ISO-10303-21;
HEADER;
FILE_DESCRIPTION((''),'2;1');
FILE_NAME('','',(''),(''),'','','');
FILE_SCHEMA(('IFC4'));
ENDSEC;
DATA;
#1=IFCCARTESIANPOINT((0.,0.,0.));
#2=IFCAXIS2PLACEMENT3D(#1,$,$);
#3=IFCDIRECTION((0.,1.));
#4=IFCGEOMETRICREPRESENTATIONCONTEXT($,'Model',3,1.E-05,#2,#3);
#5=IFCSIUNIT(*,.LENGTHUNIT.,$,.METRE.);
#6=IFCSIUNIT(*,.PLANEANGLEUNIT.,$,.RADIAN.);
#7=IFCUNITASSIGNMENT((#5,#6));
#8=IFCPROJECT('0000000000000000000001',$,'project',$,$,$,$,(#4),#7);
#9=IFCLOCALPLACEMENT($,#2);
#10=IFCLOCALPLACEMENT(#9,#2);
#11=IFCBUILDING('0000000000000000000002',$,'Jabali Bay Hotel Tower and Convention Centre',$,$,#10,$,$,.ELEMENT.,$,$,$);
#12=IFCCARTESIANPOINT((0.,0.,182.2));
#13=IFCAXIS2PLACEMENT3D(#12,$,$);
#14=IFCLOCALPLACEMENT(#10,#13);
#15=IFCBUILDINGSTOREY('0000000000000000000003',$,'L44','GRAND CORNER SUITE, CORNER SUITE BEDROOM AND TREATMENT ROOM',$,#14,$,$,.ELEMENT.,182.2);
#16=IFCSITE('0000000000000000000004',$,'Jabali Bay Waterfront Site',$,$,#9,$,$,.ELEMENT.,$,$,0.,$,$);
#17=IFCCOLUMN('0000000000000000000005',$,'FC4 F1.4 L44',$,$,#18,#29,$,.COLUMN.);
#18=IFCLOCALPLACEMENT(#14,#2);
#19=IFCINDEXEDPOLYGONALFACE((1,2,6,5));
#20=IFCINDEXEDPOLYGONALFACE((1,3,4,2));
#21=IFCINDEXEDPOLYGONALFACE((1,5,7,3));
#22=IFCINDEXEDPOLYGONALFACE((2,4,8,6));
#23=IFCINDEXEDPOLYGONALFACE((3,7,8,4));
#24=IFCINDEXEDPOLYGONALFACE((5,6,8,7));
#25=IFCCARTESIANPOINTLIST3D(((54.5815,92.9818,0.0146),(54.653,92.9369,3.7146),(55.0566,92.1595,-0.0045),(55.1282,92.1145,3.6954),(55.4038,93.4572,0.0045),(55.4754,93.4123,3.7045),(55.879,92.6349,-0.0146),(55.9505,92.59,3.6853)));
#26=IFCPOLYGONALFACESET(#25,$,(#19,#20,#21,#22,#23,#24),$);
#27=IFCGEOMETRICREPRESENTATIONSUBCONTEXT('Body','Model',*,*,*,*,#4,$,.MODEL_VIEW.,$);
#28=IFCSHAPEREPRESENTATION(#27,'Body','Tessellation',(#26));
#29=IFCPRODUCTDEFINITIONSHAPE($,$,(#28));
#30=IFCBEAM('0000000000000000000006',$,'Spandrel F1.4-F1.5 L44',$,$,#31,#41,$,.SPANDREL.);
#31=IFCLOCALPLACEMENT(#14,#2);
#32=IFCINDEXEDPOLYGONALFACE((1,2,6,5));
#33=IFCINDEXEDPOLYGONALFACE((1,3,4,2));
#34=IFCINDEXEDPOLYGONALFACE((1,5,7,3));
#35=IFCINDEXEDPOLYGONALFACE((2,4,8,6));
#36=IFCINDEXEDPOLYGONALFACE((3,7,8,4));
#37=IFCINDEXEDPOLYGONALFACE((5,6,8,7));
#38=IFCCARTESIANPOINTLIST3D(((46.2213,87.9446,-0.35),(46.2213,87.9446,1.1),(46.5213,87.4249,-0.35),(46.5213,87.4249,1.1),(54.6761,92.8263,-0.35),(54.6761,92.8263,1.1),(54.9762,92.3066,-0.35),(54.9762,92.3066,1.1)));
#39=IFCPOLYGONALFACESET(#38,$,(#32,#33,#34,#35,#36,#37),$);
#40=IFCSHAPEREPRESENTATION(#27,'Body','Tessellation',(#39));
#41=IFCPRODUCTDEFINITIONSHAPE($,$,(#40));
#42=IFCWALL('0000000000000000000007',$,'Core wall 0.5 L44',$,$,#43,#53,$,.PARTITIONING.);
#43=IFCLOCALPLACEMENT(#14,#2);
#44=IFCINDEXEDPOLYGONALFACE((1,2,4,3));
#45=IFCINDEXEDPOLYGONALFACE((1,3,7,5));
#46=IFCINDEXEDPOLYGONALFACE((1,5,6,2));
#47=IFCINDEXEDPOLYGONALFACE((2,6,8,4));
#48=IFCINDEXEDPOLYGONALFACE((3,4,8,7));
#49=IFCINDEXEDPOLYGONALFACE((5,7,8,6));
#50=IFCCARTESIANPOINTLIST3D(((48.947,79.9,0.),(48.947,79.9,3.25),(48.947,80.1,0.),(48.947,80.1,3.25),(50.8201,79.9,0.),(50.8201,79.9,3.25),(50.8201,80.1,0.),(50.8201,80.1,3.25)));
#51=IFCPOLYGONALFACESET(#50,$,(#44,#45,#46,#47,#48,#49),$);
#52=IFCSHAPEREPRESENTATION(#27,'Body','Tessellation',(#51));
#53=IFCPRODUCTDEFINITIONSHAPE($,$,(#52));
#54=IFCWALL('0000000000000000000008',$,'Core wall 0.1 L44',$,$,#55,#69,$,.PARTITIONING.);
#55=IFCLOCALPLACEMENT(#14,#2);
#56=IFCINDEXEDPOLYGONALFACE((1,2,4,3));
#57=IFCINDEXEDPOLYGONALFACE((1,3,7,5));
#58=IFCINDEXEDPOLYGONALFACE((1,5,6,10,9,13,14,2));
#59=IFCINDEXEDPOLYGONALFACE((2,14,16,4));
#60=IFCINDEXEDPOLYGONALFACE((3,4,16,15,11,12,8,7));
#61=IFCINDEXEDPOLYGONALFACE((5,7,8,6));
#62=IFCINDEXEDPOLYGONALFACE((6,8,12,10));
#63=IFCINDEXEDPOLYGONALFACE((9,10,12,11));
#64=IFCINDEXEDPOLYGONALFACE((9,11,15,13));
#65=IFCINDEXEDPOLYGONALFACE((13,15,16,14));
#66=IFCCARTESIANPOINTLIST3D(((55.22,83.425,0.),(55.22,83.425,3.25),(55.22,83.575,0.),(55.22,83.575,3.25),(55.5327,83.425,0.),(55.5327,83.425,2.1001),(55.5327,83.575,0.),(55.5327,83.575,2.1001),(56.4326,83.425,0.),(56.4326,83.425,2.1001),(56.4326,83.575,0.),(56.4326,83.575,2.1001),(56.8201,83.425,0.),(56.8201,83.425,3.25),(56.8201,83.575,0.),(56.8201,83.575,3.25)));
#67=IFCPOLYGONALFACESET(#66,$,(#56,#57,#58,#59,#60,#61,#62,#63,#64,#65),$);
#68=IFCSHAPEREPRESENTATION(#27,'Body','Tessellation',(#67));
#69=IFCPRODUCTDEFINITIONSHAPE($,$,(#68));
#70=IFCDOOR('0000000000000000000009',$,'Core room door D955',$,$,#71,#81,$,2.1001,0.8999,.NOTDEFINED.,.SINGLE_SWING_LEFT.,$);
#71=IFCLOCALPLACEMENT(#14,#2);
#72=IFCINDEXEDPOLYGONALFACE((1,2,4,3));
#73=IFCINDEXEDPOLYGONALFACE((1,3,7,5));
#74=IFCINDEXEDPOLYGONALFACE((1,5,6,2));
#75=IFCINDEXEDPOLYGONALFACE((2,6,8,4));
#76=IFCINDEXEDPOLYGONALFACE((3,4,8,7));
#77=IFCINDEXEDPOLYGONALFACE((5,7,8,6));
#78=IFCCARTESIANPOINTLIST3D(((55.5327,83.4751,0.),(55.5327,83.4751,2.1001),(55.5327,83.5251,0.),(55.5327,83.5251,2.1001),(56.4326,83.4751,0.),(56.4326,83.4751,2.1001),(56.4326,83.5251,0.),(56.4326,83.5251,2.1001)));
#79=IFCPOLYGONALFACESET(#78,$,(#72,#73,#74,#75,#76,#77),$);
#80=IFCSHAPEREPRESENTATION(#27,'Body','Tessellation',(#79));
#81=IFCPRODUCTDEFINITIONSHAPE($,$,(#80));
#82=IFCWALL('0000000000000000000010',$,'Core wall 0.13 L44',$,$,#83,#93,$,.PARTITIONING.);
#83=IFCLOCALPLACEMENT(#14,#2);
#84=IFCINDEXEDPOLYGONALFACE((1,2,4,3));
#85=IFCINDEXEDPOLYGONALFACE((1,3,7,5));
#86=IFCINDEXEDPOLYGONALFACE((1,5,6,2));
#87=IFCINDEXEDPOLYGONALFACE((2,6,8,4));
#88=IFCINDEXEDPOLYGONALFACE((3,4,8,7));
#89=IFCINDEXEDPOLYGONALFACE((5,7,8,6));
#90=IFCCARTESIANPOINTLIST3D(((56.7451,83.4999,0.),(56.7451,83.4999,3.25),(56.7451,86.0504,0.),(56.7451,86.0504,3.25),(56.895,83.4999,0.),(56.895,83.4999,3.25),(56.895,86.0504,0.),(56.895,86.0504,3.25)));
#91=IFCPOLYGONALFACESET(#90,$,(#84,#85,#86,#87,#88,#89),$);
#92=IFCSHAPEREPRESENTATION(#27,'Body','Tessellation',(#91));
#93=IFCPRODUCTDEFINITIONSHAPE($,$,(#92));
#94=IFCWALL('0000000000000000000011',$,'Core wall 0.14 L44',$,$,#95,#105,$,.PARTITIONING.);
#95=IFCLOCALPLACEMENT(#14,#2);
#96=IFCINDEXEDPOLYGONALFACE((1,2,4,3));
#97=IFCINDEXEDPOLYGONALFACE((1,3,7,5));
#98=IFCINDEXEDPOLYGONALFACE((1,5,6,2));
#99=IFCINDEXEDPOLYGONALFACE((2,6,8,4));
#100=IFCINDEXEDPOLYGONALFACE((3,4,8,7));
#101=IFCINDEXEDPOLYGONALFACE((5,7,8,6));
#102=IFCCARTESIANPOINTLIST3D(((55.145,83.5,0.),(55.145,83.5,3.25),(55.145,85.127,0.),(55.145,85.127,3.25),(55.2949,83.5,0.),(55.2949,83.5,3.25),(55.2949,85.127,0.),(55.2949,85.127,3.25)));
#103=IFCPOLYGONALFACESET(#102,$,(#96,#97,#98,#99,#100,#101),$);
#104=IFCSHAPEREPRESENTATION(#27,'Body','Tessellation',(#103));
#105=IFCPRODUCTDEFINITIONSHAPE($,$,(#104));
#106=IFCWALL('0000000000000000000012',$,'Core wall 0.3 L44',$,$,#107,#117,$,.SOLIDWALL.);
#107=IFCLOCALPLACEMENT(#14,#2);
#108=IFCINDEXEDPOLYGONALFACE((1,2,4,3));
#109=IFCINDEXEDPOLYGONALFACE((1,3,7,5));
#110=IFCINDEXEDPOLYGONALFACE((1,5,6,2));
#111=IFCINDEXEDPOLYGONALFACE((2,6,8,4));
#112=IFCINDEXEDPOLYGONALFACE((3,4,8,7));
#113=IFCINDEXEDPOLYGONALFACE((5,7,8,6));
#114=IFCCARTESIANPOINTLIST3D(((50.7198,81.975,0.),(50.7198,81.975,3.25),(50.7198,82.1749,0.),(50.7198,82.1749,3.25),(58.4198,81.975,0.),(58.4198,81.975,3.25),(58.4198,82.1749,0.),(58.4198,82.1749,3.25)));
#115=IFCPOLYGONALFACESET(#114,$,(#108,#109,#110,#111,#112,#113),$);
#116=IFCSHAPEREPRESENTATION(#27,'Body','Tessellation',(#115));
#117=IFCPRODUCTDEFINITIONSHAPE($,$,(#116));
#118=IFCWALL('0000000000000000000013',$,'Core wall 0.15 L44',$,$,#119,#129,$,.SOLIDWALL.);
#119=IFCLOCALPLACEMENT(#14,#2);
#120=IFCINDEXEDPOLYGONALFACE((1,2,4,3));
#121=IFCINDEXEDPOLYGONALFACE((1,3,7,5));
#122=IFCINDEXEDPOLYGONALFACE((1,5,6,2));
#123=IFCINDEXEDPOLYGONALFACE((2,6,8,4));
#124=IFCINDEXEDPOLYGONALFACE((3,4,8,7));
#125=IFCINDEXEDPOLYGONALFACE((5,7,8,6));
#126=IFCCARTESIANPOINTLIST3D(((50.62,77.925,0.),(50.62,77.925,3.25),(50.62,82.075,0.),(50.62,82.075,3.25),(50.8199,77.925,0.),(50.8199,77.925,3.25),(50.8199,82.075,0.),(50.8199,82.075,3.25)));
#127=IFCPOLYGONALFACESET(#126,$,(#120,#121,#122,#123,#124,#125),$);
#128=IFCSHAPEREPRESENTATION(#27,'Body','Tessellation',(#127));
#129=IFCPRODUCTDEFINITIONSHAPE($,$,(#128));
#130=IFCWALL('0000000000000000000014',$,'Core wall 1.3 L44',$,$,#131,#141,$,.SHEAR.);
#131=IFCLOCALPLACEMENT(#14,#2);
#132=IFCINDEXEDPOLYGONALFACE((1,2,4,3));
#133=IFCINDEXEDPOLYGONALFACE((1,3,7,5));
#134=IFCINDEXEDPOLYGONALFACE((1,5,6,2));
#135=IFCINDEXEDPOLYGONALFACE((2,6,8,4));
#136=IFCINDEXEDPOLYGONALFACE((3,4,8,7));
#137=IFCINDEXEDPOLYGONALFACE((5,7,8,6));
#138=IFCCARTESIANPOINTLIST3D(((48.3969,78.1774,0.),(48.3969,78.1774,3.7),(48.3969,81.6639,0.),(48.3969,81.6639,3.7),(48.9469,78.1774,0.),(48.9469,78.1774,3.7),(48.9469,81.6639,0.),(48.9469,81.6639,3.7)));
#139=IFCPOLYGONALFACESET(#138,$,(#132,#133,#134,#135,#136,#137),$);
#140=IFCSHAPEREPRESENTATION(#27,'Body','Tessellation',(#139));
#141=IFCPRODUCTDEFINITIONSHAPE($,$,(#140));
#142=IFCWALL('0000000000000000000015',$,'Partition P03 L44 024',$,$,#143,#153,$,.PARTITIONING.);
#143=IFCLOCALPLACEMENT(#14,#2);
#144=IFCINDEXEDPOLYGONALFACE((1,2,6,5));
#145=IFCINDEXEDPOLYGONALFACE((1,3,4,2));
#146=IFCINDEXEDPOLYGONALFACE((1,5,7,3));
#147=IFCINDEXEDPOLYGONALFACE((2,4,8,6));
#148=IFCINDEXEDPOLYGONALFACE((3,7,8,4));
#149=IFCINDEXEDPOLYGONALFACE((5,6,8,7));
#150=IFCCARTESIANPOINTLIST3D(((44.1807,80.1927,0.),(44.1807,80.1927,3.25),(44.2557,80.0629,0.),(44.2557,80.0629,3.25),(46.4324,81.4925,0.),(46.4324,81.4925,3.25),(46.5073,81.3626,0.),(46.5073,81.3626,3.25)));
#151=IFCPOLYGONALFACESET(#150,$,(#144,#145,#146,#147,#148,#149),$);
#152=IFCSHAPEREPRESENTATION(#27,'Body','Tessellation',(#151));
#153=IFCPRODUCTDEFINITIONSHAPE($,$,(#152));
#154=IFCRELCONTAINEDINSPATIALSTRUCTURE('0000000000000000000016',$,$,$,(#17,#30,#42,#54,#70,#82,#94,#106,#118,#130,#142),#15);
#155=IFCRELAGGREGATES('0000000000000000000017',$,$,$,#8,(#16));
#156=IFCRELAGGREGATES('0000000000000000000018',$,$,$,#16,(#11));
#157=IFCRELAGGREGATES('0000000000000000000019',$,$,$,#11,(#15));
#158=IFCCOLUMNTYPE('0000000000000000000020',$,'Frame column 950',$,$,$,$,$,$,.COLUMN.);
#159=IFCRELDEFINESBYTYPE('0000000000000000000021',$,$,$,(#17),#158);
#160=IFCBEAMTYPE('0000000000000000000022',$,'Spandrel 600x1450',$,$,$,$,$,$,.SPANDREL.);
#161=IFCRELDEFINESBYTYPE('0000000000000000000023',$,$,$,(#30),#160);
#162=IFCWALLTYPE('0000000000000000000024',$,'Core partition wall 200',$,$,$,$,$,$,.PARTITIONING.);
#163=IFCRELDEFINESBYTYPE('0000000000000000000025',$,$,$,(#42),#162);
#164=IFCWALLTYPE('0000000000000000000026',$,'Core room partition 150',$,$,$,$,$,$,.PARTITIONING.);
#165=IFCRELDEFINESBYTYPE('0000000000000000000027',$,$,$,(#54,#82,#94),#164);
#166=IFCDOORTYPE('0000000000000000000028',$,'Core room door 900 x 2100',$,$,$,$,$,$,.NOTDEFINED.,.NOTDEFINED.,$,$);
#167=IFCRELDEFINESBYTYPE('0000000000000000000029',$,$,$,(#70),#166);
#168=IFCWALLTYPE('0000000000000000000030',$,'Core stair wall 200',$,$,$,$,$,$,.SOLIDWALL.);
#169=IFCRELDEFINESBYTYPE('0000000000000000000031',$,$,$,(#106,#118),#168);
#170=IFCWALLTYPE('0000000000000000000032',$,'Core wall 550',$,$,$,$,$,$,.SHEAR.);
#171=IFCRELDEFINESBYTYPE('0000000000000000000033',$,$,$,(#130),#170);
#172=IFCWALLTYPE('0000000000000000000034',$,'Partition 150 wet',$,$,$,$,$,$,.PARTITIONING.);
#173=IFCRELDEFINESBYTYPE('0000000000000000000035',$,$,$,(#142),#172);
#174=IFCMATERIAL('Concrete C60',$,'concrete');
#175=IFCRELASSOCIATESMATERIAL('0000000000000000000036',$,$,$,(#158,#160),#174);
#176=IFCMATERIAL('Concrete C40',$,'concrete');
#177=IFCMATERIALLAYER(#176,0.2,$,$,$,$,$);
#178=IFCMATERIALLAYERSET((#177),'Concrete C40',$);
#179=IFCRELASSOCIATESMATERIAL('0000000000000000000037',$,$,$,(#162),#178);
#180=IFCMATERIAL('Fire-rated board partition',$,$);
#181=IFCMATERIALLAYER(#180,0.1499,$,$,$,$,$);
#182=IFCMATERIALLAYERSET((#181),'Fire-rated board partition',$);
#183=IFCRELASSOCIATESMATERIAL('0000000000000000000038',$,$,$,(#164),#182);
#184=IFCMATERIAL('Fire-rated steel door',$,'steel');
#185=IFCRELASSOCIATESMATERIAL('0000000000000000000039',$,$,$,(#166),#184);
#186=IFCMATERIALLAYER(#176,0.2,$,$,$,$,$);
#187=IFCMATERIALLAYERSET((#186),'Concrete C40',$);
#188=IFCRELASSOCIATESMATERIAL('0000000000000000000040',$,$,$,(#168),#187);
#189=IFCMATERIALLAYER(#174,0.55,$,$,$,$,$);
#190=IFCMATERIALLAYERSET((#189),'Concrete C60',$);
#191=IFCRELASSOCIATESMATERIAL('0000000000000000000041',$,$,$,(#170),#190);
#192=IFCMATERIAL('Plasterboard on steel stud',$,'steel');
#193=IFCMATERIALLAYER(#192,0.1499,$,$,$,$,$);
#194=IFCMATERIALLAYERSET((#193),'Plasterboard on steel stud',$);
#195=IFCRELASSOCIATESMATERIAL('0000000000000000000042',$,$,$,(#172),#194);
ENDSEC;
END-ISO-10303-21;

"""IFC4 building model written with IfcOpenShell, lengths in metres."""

from ifc_helpers import new_model, si_unit, direction, frame, frame_2d, origin, origin_2d, place, context, subcontext, project, spatial, rectangle, extrude, material, layer, layer_set, material_profile, profile_set, type_object, element, fill, save


model = new_model("IFC4")

# Units and contexts
model_context = context("Model", 3, precision=1e-05, world=origin(), true_north=direction((0.0, 1.0)))
body_context = subcontext(model_context, "Body", "Model", "MODEL_VIEW")
ifc_project = project(units=[si_unit("LENGTHUNIT", "METRE"), si_unit("PLANEANGLEUNIT", "RADIAN")], contexts=[model_context])

# Site, building, storey
site_placement = place(None, origin())
site = spatial("IfcSite", under=ifc_project, at=site_placement, Name="Jabali Bay Waterfront Site", CompositionType="ELEMENT", RefElevation=0.0)
building_placement = place(site_placement, origin())
building = spatial("IfcBuilding", under=site, at=building_placement, Name="Jabali Bay Hotel Tower and Convention Centre", CompositionType="ELEMENT")
storey_placement = place(building_placement, frame((0.0, 0.0, 182.2)))
storey = spatial("IfcBuildingStorey", under=building, at=storey_placement, Name="L44", Description="GRAND CORNER SUITE, CORNER SUITE BEDROOM AND TREATMENT ROOM", CompositionType="ELEMENT", Elevation=182.2)

# Column
ifc_material_1 = material(Name="Concrete C60", Category="concrete")
ifc_material_profile_1 = material_profile(ifc_material_1, rectangle(XDim=0.95, YDim=0.95, at=origin_2d()), Name="Frame column 950")
ifc_profile_set_1 = profile_set([ifc_material_profile_1], Name="Concrete C60")
column_type = type_object("IfcColumnType", Name="Frame column 950", PredefinedType="COLUMN", material=ifc_profile_set_1)
column_placement = place(storey_placement, frame((55.2302, 92.8083, 0.0), z_axis=(0.019329, -0.012138, 0.99974), x_axis=(-0.5002, 0.865675, 0.020181)))
element("IfcColumn", 1, at=column_placement, inside=storey, type_object=column_type, Name="FC4 F1.4 L44", PredefinedType="COLUMN", context=body_context, shape_type="SweptSolid", body=[
    extrude(rectangle(XDim=0.95, YDim=0.95, at=origin_2d()), origin(), (0.0, 0.0, 1.0), 3.7009),
])

# Beam
ifc_material_profile_2 = material_profile(ifc_material_1, rectangle(XDim=0.6001, YDim=1.45, at=origin_2d()), Name="Spandrel 600x1450")
ifc_profile_set_2 = profile_set([ifc_material_profile_2], Name="Concrete C60")
beam_type = type_object("IfcBeamType", Name="Spandrel 600x1450", PredefinedType="SPANDREL", material=ifc_profile_set_2)
beam_placement = place(storey_placement, frame((54.8262, 92.5664, 0.375), z_axis=(-0.866017, -0.500015, 0.0), x_axis=(0.500015, -0.866017, 0.0)))
element("IfcBeam", 2, at=beam_placement, inside=storey, type_object=beam_type, Name="Spandrel F1.4-F1.5 L44", PredefinedType="SPANDREL", context=body_context, shape_type="SweptSolid", body=[
    extrude(rectangle(XDim=0.6001, YDim=1.45, at=origin_2d()), origin(), (0.0, 0.0, 1.0), 9.7629),
])

# Wall
ifc_material_2 = material(Name="Concrete C40", Category="concrete")
ifc_layer_1 = layer(ifc_material_2, 0.2)
ifc_layer_set_1 = layer_set([ifc_layer_1], Name="Concrete C40")
wall_type_1 = type_object("IfcWallType", Name="Core partition wall 200", PredefinedType="PARTITIONING", material=ifc_layer_set_1)
wall_1_placement = place(storey_placement, frame((50.8201, 80.0, 0.0), z_axis=(0.0, 0.0, 1.0), x_axis=(-1.0, 0.0, 0.0)))
element("IfcWall", 3, at=wall_1_placement, inside=storey, type_object=wall_type_1, Name="Core wall 0.5 L44", PredefinedType="PARTITIONING", context=body_context, shape_type="SweptSolid", body=[
    extrude(rectangle(XDim=1.873, YDim=0.2, at=frame_2d((0.9365, 0.0))), origin(), (0.0, 0.0, 1.0), 3.25),
])

# Wall, opening, door
ifc_material_3 = material(Name="Fire-rated board partition")
ifc_layer_2 = layer(ifc_material_3, 0.1499)
ifc_layer_set_2 = layer_set([ifc_layer_2], Name="Fire-rated board partition")
wall_type_2 = type_object("IfcWallType", Name="Core room partition 150", PredefinedType="PARTITIONING", material=ifc_layer_set_2)
wall_2_placement = place(storey_placement, frame((56.8201, 83.5, 0.0), z_axis=(0.0, 0.0, 1.0), x_axis=(-1.0, 0.0, 0.0)))
wall_2 = element("IfcWall", 4, at=wall_2_placement, inside=storey, type_object=wall_type_2, Name="Core wall 0.1 L44", PredefinedType="PARTITIONING", context=body_context, shape_type="SweptSolid", body=[
    extrude(rectangle(XDim=1.6001, YDim=0.1499, at=frame_2d((0.8, 0.0))), origin(), (0.0, 0.0, 1.0), 3.25),
])
opening_placement = place(wall_2_placement, frame((0.3875, 0.0, 0.0)))
opening = element("IfcOpeningElement", 5, at=opening_placement, cuts=wall_2, PredefinedType="OPENING", context=body_context, shape_type="SweptSolid", body=[
    extrude(rectangle(XDim=0.8999, YDim=2.1001, at=frame_2d((0.45, 1.05))), frame((0.0, 0.0854, 0.0), z_axis=(0.0, -1.0, 0.0), x_axis=(1.0, 0.0, 0.0)), (0.0, 0.0, 1.0), 0.1709),
])
ifc_material_4 = material(Name="Fire-rated steel door", Category="steel")
door_type = type_object("IfcDoorType", Name="Core room door 900 x 2100", OperationType="NOTDEFINED", PredefinedType="NOTDEFINED", material=ifc_material_4)
door_placement = place(opening_placement, origin())
door = element("IfcDoor", 6, at=door_placement, inside=storey, type_object=door_type, Name="Core room door D955", OperationType="SINGLE_SWING_LEFT", OverallHeight=2.1001, OverallWidth=0.8999, PredefinedType="NOTDEFINED", context=body_context, shape_type="SweptSolid", body=[
    extrude(rectangle(XDim=0.8999, YDim=2.1001, at=frame_2d((0.45, 1.05))), frame((0.0, 0.0249, 0.0), z_axis=(0.0, -1.0, 0.0), x_axis=(1.0, 0.0, 0.0)), (0.0, 0.0, 1.0), 0.05),
])
fill(opening, door)

# Walls
wall_3_placement = place(storey_placement, frame((56.8201, 86.0505, 0.0), z_axis=(0.0, 0.0, 1.0), x_axis=(0.0, -1.0, 0.0)))
element("IfcWall", 7, at=wall_3_placement, inside=storey, type_object=wall_type_2, Name="Core wall 0.13 L44", PredefinedType="PARTITIONING", context=body_context, shape_type="SweptSolid", body=[
    extrude(rectangle(XDim=2.5505, YDim=0.1499, at=frame_2d((1.2754, 0.0))), origin(), (0.0, 0.0, 1.0), 3.25),
])
wall_4_placement = place(storey_placement, frame((55.22, 85.127, 0.0), z_axis=(0.0, 0.0, 1.0), x_axis=(0.0, -1.0, 0.0)))
element("IfcWall", 8, at=wall_4_placement, inside=storey, type_object=wall_type_2, Name="Core wall 0.14 L44", PredefinedType="PARTITIONING", context=body_context, shape_type="SweptSolid", body=[
    extrude(rectangle(XDim=1.627, YDim=0.1499, at=frame_2d((0.8135, 0.0))), origin(), (0.0, 0.0, 1.0), 3.25),
])
ifc_layer_3 = layer(ifc_material_2, 0.2)
ifc_layer_set_3 = layer_set([ifc_layer_3], Name="Concrete C40")
wall_type_3 = type_object("IfcWallType", Name="Core stair wall 200", PredefinedType="SOLIDWALL", material=ifc_layer_set_3)
wall_5_placement = place(storey_placement, frame((58.4199, 82.075, 0.0), z_axis=(0.0, 0.0, 1.0), x_axis=(-1.0, 0.0, 0.0)))
element("IfcWall", 9, at=wall_5_placement, inside=storey, type_object=wall_type_3, Name="Core wall 0.3 L44", PredefinedType="SOLIDWALL", context=body_context, shape_type="SweptSolid", body=[
    extrude(rectangle(XDim=7.7, YDim=0.2, at=frame_2d((3.8501, 0.0))), origin(), (0.0, 0.0, 1.0), 3.25),
])
wall_6_placement = place(storey_placement, frame((50.72, 82.075, 0.0), z_axis=(0.0, 0.0, 1.0), x_axis=(0.0, -1.0, 0.0)))
element("IfcWall", 10, at=wall_6_placement, inside=storey, type_object=wall_type_3, Name="Core wall 0.15 L44", PredefinedType="SOLIDWALL", context=body_context, shape_type="SweptSolid", body=[
    extrude(rectangle(XDim=4.1499, YDim=0.2, at=frame_2d((2.075, 0.0))), origin(), (0.0, 0.0, 1.0), 3.25),
])
ifc_layer_4 = layer(ifc_material_1, 0.55)
ifc_layer_set_4 = layer_set([ifc_layer_4], Name="Concrete C60")
wall_type_4 = type_object("IfcWallType", Name="Core wall 550", PredefinedType="SHEAR", material=ifc_layer_set_4)
wall_7_placement = place(storey_placement, frame((48.6719, 81.6638, 0.0), z_axis=(0.0, 0.0, 1.0), x_axis=(0.0, -1.0, 0.0)))
element("IfcWall", 11, at=wall_7_placement, inside=storey, type_object=wall_type_4, Name="Core wall 1.3 L44", PredefinedType="SHEAR", context=body_context, shape_type="SweptSolid", body=[
    extrude(rectangle(XDim=3.4866, YDim=0.55, at=frame_2d((1.7432, 0.0))), origin(), (0.0, 0.0, 1.0), 3.7),
])
ifc_material_5 = material(Name="Plasterboard on steel stud", Category="steel")
ifc_layer_5 = layer(ifc_material_5, 0.1499)
ifc_layer_set_5 = layer_set([ifc_layer_5], Name="Plasterboard on steel stud")
wall_type_5 = type_object("IfcWallType", Name="Partition 150 wet", PredefinedType="PARTITIONING", material=ifc_layer_set_5)
wall_8_placement = place(storey_placement, frame((46.4697, 81.4275, 0.0), z_axis=(0.0, 0.0, 1.0), x_axis=(-0.866062, -0.499937, 0.0)))
element("IfcWall", 12, at=wall_8_placement, inside=storey, type_object=wall_type_5, Name="Partition P03 L44 024", PredefinedType="PARTITIONING", context=body_context, shape_type="SweptSolid", body=[
    extrude(rectangle(XDim=2.5999, YDim=0.1499, at=frame_2d((1.2998, 0.0))), origin(), (0.0, 0.0, 1.0), 3.25),
])

save(model, "model.ifc")
